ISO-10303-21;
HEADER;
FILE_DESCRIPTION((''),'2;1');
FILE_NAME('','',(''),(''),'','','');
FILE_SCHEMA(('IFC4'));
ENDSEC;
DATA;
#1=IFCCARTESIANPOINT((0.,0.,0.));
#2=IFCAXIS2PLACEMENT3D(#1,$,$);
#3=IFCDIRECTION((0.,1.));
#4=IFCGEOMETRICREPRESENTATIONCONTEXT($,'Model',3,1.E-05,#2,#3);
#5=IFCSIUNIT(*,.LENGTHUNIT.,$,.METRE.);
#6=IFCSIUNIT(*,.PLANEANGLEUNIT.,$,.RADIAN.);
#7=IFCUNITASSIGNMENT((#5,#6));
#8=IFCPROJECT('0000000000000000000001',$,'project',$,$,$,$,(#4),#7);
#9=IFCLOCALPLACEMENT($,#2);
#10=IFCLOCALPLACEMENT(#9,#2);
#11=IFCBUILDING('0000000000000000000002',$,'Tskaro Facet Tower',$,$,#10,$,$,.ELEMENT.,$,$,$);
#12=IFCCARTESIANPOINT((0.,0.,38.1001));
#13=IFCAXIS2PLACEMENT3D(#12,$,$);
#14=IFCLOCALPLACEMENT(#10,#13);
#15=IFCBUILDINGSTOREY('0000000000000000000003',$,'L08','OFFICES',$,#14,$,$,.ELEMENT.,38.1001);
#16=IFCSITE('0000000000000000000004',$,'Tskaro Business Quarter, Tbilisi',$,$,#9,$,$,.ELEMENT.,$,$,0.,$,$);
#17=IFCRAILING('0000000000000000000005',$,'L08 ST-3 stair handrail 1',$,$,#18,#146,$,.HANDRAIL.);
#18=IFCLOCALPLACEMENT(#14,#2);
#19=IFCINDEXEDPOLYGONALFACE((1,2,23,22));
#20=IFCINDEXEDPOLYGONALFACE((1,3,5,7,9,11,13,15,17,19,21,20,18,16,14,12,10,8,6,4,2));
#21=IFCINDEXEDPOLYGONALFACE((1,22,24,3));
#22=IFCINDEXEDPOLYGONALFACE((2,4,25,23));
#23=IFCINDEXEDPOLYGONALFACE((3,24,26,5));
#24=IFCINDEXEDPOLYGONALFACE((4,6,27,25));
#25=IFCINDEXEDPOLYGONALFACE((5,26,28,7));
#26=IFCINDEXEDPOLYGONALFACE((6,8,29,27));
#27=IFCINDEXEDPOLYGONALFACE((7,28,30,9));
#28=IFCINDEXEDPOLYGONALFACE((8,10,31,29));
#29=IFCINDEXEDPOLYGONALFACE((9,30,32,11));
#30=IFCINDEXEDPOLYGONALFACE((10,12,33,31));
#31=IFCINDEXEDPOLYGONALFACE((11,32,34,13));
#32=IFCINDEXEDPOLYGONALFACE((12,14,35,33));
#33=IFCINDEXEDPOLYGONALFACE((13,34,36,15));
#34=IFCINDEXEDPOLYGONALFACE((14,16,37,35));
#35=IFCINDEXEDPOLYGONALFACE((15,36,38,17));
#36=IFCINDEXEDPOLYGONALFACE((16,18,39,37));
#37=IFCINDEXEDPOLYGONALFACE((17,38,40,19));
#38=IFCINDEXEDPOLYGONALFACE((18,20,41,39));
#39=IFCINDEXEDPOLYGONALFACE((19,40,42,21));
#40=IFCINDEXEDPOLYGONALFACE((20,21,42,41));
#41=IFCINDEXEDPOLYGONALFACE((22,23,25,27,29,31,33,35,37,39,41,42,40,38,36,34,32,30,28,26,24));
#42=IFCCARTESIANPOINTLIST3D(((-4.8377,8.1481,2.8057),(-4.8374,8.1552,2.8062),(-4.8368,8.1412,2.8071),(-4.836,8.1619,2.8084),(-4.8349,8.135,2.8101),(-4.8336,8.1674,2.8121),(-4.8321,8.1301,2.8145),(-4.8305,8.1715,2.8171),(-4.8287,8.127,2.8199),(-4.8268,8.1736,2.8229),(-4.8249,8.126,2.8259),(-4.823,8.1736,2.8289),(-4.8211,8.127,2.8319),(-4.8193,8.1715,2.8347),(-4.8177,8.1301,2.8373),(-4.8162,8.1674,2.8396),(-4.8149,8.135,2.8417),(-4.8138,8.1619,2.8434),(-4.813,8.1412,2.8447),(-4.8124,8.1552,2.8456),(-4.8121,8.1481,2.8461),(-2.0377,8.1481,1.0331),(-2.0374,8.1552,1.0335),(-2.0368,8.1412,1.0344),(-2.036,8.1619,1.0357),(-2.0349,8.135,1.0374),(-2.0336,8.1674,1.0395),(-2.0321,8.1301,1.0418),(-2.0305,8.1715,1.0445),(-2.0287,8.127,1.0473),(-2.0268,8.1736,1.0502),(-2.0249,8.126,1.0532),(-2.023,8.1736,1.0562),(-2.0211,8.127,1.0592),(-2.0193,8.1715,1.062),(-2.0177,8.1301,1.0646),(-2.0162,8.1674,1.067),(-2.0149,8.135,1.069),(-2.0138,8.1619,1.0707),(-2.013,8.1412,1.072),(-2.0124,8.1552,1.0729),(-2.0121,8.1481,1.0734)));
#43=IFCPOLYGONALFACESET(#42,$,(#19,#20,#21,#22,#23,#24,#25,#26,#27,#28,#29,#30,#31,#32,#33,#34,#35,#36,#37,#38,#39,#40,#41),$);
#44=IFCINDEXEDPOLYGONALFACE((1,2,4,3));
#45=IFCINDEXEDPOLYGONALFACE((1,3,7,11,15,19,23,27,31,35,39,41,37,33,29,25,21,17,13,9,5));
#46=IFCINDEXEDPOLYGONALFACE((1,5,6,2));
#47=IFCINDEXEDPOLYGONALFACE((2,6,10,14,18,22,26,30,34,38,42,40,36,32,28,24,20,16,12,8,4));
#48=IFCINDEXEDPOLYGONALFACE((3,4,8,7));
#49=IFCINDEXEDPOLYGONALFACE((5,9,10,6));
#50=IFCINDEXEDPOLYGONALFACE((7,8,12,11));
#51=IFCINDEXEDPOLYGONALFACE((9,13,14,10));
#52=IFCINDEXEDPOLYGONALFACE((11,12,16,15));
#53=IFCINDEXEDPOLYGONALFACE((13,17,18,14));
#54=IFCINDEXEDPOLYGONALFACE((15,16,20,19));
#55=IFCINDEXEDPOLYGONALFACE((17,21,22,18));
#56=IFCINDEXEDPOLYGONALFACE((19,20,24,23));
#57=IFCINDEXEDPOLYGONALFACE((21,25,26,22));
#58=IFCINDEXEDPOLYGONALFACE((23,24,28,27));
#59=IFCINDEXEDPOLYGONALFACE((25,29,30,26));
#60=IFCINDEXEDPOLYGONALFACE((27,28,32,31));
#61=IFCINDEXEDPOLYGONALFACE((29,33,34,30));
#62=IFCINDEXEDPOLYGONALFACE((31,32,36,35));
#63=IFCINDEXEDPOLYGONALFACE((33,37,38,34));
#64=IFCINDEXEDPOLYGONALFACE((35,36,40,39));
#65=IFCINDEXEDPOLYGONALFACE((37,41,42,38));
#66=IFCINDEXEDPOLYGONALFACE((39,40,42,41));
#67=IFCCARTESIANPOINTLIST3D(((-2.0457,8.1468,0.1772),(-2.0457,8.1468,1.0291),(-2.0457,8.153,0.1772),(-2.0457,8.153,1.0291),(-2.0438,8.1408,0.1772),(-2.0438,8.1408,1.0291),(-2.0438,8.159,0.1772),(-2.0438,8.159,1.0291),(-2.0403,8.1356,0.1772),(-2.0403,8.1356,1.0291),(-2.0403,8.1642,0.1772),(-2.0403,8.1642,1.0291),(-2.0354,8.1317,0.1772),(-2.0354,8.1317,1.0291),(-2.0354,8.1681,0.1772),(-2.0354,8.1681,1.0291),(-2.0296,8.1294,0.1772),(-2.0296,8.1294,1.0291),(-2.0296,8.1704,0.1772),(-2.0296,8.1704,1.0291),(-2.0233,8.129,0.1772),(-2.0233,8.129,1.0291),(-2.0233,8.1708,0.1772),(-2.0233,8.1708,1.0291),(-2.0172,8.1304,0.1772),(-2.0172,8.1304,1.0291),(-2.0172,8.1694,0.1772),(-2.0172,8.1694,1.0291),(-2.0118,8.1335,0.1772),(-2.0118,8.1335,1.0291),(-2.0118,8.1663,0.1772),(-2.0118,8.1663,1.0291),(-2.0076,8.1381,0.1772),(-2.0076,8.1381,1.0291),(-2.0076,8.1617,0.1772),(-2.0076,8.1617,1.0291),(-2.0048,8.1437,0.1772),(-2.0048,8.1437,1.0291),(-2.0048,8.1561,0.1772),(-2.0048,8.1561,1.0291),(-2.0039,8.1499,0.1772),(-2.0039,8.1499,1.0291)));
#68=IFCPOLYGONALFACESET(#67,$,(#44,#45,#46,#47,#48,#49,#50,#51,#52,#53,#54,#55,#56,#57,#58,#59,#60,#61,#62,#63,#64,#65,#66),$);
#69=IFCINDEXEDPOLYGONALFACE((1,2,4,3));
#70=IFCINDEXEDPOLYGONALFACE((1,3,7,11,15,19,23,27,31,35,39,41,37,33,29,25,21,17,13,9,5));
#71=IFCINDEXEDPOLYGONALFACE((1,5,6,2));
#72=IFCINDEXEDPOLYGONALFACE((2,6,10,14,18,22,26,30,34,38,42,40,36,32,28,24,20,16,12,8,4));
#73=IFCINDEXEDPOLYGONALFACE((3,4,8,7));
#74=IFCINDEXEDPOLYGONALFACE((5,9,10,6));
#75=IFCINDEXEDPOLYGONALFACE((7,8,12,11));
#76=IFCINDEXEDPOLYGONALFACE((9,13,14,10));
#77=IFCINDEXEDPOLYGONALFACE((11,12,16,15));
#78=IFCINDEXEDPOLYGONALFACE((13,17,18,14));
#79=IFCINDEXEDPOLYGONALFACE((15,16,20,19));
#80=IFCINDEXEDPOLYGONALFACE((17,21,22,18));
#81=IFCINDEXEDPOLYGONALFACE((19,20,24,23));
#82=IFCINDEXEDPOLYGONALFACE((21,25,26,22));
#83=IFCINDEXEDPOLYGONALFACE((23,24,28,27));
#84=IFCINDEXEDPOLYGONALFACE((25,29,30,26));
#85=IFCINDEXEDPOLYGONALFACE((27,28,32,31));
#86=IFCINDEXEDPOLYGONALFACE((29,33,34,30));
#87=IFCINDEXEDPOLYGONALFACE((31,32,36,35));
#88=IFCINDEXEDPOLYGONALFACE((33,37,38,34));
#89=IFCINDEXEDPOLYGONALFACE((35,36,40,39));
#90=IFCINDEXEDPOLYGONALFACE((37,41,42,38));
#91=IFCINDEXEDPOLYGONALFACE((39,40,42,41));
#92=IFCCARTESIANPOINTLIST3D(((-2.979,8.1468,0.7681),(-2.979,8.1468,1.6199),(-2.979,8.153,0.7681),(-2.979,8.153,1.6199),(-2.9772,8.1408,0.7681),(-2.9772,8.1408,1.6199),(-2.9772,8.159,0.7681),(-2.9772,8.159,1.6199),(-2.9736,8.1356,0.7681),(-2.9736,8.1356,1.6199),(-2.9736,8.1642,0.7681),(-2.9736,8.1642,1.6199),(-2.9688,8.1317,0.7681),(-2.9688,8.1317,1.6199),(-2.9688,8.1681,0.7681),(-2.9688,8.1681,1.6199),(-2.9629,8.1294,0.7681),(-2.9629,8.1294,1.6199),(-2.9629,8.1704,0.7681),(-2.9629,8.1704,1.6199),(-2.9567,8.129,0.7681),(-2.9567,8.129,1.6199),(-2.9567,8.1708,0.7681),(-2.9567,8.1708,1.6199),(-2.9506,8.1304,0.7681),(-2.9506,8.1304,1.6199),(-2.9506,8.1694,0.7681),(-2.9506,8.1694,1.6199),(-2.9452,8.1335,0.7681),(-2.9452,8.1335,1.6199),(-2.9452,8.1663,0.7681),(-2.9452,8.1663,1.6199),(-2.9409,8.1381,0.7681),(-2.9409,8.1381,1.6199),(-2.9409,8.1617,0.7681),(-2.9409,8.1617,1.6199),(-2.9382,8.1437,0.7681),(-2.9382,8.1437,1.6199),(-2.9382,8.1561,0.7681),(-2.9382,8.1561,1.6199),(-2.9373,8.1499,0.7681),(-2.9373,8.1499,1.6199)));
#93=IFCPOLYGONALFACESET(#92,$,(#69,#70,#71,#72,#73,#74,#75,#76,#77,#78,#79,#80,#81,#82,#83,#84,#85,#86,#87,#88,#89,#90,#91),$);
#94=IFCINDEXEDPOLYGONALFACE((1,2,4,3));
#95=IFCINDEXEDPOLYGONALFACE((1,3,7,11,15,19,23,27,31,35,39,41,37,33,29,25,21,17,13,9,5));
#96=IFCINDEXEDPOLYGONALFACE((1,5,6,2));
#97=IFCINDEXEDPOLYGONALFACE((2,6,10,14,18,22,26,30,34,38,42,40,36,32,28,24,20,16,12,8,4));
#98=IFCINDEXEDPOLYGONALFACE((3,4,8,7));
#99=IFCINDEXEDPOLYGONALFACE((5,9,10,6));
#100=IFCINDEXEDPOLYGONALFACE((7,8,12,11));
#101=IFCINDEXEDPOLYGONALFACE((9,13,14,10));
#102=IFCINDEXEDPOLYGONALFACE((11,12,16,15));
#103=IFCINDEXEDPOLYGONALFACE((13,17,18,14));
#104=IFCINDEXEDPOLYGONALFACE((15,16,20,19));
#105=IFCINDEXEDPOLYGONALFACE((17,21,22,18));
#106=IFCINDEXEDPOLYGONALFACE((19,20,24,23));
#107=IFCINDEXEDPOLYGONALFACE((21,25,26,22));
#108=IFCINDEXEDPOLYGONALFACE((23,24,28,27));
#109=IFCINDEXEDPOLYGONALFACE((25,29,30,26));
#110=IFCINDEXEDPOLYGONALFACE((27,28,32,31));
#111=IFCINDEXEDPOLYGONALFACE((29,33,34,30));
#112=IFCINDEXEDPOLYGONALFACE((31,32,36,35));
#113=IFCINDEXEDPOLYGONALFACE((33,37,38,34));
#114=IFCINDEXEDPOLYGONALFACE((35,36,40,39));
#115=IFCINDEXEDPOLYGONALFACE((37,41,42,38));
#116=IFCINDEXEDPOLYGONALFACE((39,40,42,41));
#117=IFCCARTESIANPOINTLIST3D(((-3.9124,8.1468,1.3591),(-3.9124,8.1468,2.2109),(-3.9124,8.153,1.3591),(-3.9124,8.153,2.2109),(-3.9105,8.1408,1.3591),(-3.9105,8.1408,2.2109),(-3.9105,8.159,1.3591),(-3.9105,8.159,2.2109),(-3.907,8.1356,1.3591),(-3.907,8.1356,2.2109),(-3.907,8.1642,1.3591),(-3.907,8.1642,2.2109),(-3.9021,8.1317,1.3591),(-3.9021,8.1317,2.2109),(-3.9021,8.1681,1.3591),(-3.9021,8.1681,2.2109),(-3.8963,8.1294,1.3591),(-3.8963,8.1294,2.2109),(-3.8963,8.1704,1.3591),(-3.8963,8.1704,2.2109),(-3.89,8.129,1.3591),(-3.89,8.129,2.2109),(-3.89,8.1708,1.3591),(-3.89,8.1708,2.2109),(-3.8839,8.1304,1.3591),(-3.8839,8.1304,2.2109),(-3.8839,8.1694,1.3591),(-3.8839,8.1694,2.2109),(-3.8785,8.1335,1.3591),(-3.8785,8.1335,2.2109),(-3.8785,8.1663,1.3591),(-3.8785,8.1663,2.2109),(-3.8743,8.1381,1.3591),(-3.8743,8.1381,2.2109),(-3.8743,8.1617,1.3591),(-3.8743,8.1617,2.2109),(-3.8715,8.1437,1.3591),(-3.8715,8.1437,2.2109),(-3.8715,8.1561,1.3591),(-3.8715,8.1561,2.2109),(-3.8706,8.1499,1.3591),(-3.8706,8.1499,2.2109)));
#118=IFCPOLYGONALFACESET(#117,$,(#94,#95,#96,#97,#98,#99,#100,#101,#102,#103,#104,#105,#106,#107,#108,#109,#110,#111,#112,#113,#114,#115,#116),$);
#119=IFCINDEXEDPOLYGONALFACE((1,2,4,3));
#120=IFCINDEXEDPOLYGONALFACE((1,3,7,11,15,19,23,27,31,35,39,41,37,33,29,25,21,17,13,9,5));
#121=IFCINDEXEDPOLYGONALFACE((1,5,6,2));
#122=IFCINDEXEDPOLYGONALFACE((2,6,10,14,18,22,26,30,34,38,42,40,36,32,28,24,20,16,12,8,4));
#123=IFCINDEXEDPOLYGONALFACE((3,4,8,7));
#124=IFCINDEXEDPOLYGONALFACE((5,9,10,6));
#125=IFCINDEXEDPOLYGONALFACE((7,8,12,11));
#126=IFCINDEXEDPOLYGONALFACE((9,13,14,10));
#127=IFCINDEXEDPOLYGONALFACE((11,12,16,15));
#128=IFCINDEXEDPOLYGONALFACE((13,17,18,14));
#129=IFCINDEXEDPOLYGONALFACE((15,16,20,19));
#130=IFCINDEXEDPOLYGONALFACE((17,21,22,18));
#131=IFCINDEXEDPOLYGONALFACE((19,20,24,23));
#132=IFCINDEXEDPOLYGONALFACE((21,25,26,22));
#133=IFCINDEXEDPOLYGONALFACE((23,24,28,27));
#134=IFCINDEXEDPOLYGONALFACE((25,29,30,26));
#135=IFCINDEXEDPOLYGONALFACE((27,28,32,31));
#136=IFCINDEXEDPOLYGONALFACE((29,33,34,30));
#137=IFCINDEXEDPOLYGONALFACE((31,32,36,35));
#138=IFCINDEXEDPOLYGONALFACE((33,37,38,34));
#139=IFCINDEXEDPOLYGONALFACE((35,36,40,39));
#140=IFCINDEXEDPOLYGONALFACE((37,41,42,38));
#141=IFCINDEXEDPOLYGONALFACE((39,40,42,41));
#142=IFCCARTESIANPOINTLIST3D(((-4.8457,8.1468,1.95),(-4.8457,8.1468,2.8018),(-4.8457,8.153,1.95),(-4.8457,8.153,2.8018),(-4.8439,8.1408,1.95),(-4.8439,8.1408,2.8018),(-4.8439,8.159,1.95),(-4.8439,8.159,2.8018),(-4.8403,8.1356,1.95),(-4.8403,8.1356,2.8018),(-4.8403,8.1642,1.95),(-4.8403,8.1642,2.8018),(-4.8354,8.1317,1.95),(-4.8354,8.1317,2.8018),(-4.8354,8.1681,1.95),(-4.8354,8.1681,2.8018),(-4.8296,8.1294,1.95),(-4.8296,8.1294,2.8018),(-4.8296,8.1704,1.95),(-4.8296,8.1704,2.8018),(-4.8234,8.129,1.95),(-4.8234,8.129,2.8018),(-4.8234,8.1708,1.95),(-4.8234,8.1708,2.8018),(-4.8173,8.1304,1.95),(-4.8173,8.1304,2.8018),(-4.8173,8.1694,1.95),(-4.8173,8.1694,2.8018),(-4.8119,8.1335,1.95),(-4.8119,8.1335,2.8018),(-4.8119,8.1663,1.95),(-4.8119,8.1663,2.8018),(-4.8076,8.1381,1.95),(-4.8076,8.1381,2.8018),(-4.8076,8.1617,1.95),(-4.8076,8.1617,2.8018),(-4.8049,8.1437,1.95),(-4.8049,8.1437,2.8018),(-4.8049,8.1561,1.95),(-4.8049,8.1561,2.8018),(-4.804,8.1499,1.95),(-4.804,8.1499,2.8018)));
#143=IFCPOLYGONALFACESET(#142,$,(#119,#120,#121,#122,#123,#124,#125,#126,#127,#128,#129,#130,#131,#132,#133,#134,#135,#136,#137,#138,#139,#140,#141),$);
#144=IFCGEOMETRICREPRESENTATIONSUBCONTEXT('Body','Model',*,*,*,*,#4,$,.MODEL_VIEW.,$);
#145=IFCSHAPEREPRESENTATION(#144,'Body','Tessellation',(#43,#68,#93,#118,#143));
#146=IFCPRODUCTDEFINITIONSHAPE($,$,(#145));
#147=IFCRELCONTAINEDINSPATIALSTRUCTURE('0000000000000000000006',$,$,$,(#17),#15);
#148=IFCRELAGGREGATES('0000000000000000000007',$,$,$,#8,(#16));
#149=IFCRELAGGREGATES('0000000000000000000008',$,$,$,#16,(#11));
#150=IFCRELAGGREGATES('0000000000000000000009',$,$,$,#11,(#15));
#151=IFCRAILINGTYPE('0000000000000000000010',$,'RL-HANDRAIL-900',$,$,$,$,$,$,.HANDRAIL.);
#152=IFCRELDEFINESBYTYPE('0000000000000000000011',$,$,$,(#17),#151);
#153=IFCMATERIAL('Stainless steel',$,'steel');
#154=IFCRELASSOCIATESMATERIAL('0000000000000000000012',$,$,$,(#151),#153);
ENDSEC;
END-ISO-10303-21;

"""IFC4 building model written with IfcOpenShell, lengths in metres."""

from ifc_helpers import new_model, si_unit, direction, frame, origin, origin_2d, place, context, subcontext, project, spatial, circle, extrude, material, type_object, element, save


model = new_model("IFC4")

# Units and contexts
model_context = context("Model", 3, precision=1e-05, world=origin(), true_north=direction((0.0, 1.0)))
body_context = subcontext(model_context, "Body", "Model", "MODEL_VIEW")
ifc_project = project(units=[si_unit("LENGTHUNIT", "METRE"), si_unit("PLANEANGLEUNIT", "RADIAN")], contexts=[model_context])

# Site, building, storey
site_placement = place(None, origin())
site = spatial("IfcSite", under=ifc_project, at=site_placement, Name="Tskaro Business Quarter, Tbilisi", CompositionType="ELEMENT", RefElevation=0.0)
building_placement = place(site_placement, origin())
building = spatial("IfcBuilding", under=site, at=building_placement, Name="Tskaro Facet Tower", CompositionType="ELEMENT")
storey_placement = place(building_placement, frame((0.0, 0.0, 38.1001)))
storey = spatial("IfcBuildingStorey", under=building, at=storey_placement, Name="L08", Description="OFFICES", CompositionType="ELEMENT", Elevation=38.1001)

# Railing
ifc_material_1 = material(Name="Stainless steel", Category="steel")
railing_type_1 = type_object("IfcRailingType", Name="RL-HANDRAIL-900", PredefinedType="HANDRAIL", material=ifc_material_1)
railing_1_placement = place(storey_placement, frame((-2.0249, 8.1499, 0.1772)))
element("IfcRailing", 1, at=railing_1_placement, inside=storey, type_object=railing_type_1, Name="L08 ST-3 stair handrail 1", PredefinedType="HANDRAIL", context=body_context, shape_type="SweptSolid", body=[
    extrude(circle(Radius=0.0239, at=origin_2d()), frame((0.0, 0.0, 0.876), z_axis=(-0.844909, 0.0, 0.53491), x_axis=(0.0, -1.0, 0.0)), (0.0, 0.0, 1.0), 3.314),
    extrude(circle(Radius=0.021, at=origin_2d()), origin(), (0.0, 0.0, 1.0), 0.8518),
    extrude(circle(Radius=0.021, at=origin_2d()), frame((-0.9333, 0.0, 0.5908)), (0.0, 0.0, 1.0), 0.8518),
    extrude(circle(Radius=0.021, at=origin_2d()), frame((-1.8667, 0.0, 1.1819)), (0.0, 0.0, 1.0), 0.8518),
    extrude(circle(Radius=0.021, at=origin_2d()), frame((-2.8, 0.0, 1.7727)), (0.0, 0.0, 1.0), 0.8518),
])

save(model, "model.ifc")
